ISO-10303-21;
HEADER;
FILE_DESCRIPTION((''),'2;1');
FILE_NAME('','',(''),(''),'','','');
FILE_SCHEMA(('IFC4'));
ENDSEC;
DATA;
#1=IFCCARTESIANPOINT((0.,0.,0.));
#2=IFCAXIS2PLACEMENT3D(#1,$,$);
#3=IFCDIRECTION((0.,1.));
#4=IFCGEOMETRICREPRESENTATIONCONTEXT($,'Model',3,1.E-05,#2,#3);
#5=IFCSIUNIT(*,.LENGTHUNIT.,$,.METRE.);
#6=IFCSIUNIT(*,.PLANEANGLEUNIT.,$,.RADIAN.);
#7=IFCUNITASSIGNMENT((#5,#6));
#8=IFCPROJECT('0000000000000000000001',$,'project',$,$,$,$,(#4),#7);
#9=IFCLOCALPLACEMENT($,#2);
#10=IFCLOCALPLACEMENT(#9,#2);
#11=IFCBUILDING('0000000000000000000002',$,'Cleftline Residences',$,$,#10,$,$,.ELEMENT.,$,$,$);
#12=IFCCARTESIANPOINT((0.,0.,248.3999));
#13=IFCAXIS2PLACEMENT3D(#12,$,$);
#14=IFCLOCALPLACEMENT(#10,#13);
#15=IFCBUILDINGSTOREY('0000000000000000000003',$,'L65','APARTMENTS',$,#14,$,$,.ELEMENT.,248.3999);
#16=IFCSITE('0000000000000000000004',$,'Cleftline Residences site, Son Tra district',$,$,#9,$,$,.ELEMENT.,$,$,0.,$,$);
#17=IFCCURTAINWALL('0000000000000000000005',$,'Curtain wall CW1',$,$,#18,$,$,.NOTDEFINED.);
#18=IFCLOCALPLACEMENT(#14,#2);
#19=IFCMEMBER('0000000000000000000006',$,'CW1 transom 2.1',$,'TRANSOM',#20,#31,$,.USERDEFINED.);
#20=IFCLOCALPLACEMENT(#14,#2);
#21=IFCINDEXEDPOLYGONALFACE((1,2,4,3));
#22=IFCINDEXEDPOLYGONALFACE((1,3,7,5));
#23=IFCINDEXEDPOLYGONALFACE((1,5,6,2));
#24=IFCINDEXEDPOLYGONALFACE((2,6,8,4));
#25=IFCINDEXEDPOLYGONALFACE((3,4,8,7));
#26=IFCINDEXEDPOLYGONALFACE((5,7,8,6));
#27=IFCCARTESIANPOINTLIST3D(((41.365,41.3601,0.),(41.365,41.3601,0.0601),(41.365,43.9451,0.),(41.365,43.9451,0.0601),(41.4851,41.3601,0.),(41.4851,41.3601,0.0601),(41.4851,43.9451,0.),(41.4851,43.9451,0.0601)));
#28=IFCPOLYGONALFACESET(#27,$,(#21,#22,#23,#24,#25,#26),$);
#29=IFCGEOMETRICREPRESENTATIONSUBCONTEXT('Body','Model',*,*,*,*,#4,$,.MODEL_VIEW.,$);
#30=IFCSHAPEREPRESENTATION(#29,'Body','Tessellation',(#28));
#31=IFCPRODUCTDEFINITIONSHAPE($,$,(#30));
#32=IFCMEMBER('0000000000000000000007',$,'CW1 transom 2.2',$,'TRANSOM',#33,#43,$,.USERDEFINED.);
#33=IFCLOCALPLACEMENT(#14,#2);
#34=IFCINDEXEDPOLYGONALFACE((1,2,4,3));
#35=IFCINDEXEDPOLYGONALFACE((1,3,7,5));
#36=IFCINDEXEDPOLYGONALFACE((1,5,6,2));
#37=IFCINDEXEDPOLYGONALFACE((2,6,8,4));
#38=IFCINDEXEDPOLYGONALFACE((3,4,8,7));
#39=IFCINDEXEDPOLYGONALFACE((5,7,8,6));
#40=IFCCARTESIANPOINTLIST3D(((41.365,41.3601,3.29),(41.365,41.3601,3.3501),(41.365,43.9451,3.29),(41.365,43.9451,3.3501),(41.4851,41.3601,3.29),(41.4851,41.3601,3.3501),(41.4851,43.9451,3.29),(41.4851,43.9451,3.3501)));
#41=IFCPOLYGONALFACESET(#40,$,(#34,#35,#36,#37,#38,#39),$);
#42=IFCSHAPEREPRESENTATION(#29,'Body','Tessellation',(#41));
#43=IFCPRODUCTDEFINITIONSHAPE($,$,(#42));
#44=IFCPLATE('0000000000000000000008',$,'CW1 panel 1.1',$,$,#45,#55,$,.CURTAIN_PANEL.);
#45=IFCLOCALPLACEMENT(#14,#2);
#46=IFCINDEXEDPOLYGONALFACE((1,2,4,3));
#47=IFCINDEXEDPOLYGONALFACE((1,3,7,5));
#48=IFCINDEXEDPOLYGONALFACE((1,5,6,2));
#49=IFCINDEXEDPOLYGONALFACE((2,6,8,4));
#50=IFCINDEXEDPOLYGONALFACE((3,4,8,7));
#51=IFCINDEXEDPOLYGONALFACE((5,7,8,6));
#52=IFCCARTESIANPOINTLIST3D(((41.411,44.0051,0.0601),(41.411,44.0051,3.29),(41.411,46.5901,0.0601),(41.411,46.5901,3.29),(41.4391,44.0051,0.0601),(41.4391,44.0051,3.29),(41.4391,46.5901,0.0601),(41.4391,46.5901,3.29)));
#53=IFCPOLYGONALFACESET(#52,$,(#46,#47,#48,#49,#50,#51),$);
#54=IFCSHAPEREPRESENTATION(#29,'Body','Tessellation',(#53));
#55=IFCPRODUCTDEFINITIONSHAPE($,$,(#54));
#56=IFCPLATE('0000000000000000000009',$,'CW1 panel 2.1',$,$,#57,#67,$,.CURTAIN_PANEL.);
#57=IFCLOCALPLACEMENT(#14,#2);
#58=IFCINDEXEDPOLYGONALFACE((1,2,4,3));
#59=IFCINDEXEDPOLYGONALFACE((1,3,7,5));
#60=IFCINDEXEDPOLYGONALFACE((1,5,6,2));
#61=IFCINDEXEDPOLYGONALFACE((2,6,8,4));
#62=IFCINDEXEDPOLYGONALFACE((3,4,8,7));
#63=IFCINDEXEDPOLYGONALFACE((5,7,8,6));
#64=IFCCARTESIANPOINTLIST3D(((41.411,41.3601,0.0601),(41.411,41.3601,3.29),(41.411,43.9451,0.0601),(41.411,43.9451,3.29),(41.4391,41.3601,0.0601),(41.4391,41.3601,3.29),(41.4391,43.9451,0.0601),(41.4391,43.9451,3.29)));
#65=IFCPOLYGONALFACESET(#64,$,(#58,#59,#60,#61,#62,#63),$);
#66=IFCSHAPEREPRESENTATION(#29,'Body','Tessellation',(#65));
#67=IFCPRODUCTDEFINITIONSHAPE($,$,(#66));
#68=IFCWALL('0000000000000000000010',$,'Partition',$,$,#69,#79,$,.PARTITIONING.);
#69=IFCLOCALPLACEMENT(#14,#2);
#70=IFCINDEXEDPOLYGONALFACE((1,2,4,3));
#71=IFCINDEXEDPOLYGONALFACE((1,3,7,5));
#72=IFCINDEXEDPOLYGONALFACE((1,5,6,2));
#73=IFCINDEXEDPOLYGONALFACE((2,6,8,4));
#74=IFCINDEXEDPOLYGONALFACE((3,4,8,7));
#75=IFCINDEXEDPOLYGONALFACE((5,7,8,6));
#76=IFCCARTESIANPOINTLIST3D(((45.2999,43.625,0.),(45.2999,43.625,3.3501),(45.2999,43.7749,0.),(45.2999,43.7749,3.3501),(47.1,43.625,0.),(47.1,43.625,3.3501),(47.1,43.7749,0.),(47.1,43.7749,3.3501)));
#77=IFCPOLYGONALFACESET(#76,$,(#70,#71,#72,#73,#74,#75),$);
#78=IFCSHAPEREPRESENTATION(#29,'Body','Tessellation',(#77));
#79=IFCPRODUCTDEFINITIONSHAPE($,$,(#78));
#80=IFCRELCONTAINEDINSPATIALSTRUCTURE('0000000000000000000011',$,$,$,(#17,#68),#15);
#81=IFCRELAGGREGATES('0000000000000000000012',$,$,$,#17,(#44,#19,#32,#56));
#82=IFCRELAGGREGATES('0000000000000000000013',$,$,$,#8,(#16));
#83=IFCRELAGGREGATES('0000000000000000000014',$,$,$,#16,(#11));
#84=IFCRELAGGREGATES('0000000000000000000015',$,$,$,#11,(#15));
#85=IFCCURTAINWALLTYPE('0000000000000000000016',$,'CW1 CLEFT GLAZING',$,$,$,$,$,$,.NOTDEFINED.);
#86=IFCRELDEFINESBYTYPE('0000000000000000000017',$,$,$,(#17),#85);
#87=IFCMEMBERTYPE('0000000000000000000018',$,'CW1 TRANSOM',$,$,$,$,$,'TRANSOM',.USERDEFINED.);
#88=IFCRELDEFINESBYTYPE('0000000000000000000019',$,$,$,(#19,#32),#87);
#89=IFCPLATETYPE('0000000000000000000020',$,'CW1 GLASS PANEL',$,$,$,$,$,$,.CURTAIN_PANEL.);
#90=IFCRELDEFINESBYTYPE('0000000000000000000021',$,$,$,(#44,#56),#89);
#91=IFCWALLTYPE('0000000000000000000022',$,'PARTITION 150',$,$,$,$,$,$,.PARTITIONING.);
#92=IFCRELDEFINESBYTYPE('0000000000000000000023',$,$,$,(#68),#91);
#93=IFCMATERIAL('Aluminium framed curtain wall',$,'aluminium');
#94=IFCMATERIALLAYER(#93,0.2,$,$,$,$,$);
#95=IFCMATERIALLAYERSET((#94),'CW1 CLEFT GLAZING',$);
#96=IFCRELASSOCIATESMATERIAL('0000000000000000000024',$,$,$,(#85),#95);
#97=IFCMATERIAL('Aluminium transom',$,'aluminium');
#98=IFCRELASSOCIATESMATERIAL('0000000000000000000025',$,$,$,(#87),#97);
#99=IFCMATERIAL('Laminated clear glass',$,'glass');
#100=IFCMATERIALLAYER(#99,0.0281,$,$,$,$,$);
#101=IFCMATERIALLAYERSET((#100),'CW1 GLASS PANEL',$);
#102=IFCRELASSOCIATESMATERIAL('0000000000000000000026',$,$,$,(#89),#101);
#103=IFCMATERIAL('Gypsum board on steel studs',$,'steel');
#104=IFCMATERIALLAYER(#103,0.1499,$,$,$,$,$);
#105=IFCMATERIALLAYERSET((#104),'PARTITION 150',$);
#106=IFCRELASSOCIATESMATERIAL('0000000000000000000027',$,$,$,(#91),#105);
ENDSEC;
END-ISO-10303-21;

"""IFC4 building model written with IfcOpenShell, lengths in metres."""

from ifc_helpers import new_model, si_unit, direction, frame, frame_2d, origin, origin_2d, place, context, subcontext, project, spatial, rectangle, extrude, material, layer, layer_set, material_profile, profile_set, type_object, element, aggregate, save


model = new_model("IFC4")

# Units and contexts
model_context = context("Model", 3, precision=1e-05, world=origin(), true_north=direction((0.0, 1.0)))
body_context = subcontext(model_context, "Body", "Model", "MODEL_VIEW")
ifc_project = project(units=[si_unit("LENGTHUNIT", "METRE"), si_unit("PLANEANGLEUNIT", "RADIAN")], contexts=[model_context])

# Site, building, storey
site_placement = place(None, origin())
site = spatial("IfcSite", under=ifc_project, at=site_placement, Name="Cleftline Residences site, Son Tra district", CompositionType="ELEMENT", RefElevation=0.0)
building_placement = place(site_placement, origin())
building = spatial("IfcBuilding", under=site, at=building_placement, Name="Cleftline Residences", CompositionType="ELEMENT")
storey_placement = place(building_placement, frame((0.0, 0.0, 248.3999)))
storey = spatial("IfcBuildingStorey", under=building, at=storey_placement, Name="L65", Description="APARTMENTS", CompositionType="ELEMENT", Elevation=248.3999)

# Curtain wall, members, plates
ifc_material_1 = material(Name="Aluminium framed curtain wall", Category="aluminium")
ifc_layer_1 = layer(ifc_material_1, 0.2)
ifc_layer_set_1 = layer_set([ifc_layer_1], Name="CW1 CLEFT GLAZING")
curtain_wall_type = type_object("IfcCurtainWallType", Name="CW1 CLEFT GLAZING", PredefinedType="NOTDEFINED", material=ifc_layer_set_1)
curtain_wall_placement = place(storey_placement, origin())
curtain_wall = element("IfcCurtainWall", 1, at=curtain_wall_placement, inside=storey, type_object=curtain_wall_type, Name="Curtain wall CW1", PredefinedType="NOTDEFINED")
ifc_material_2 = material(Name="Aluminium transom", Category="aluminium")
ifc_material_profile_1 = material_profile(ifc_material_2, rectangle(XDim=0.1201, YDim=0.0601, at=origin_2d()))
ifc_profile_set_1 = profile_set([ifc_material_profile_1], Name="Aluminium transom")
member_type_1 = type_object("IfcMemberType", Name="CW1 TRANSOM", ElementType="TRANSOM", PredefinedType="USERDEFINED", material=ifc_profile_set_1)
member_1_placement = place(storey_placement, frame((41.425, 43.9451, 0.03), z_axis=(0.0, -1.0, 0.0), x_axis=(1.0, 0.0, 0.0)))
member_1 = element("IfcMember", 2, at=member_1_placement, type_object=member_type_1, Name="CW1 transom 2.1", ObjectType="TRANSOM", PredefinedType="USERDEFINED", context=body_context, shape_type="SweptSolid", body=[
    extrude(rectangle(XDim=0.1201, YDim=0.0601, at=origin_2d()), origin(), (0.0, 0.0, 1.0), 2.585),
])
member_2_placement = place(storey_placement, frame((41.425, 43.9451, 3.3201), z_axis=(0.0, -1.0, 0.0), x_axis=(1.0, 0.0, 0.0)))
member_2 = element("IfcMember", 3, at=member_2_placement, type_object=member_type_1, Name="CW1 transom 2.2", ObjectType="TRANSOM", PredefinedType="USERDEFINED", context=body_context, shape_type="SweptSolid", body=[
    extrude(rectangle(XDim=0.1201, YDim=0.0601, at=origin_2d()), origin(), (0.0, 0.0, 1.0), 2.585),
])
ifc_material_3 = material(Name="Laminated clear glass", Category="glass")
ifc_layer_2 = layer(ifc_material_3, 0.0281)
ifc_layer_set_2 = layer_set([ifc_layer_2], Name="CW1 GLASS PANEL")
plate_type = type_object("IfcPlateType", Name="CW1 GLASS PANEL", PredefinedType="CURTAIN_PANEL", material=ifc_layer_set_2)
plate_1_placement = place(storey_placement, frame((41.425, 45.2976, 0.0601), z_axis=(0.0, 0.0, 1.0), x_axis=(0.0, -1.0, 0.0)))
plate_1 = element("IfcPlate", 4, at=plate_1_placement, type_object=plate_type, Name="CW1 panel 1.1", PredefinedType="CURTAIN_PANEL", context=body_context, shape_type="SweptSolid", body=[
    extrude(rectangle(XDim=2.585, YDim=0.0281, at=origin_2d()), origin(), (0.0, 0.0, 1.0), 3.23),
])
plate_2_placement = place(storey_placement, frame((41.425, 42.6526, 0.0601), z_axis=(0.0, 0.0, 1.0), x_axis=(0.0, -1.0, 0.0)))
plate_2 = element("IfcPlate", 5, at=plate_2_placement, type_object=plate_type, Name="CW1 panel 2.1", PredefinedType="CURTAIN_PANEL", context=body_context, shape_type="SweptSolid", body=[
    extrude(rectangle(XDim=2.585, YDim=0.0281, at=origin_2d()), origin(), (0.0, 0.0, 1.0), 3.23),
])
aggregate(curtain_wall, [plate_1, member_1, member_2, plate_2])

# Wall
ifc_material_4 = material(Name="Gypsum board on steel studs", Category="steel")
ifc_layer_3 = layer(ifc_material_4, 0.1499)
ifc_layer_set_3 = layer_set([ifc_layer_3], Name="PARTITION 150")
wall_type = type_object("IfcWallType", Name="PARTITION 150", PredefinedType="PARTITIONING", material=ifc_layer_set_3)
wall_placement = place(storey_placement, frame((45.3, 43.7, 0.0), z_axis=(0.0, 0.0, 1.0), x_axis=(1.0, 0.0, 0.0)))
element("IfcWall", 6, at=wall_placement, inside=storey, type_object=wall_type, Name="Partition", PredefinedType="PARTITIONING", context=body_context, shape_type="SweptSolid", body=[
    extrude(rectangle(XDim=1.8, YDim=0.1499, at=frame_2d((0.8999, 0.0))), origin(), (0.0, 0.0, 1.0), 3.3501),
])

save(model, "model.ifc")
